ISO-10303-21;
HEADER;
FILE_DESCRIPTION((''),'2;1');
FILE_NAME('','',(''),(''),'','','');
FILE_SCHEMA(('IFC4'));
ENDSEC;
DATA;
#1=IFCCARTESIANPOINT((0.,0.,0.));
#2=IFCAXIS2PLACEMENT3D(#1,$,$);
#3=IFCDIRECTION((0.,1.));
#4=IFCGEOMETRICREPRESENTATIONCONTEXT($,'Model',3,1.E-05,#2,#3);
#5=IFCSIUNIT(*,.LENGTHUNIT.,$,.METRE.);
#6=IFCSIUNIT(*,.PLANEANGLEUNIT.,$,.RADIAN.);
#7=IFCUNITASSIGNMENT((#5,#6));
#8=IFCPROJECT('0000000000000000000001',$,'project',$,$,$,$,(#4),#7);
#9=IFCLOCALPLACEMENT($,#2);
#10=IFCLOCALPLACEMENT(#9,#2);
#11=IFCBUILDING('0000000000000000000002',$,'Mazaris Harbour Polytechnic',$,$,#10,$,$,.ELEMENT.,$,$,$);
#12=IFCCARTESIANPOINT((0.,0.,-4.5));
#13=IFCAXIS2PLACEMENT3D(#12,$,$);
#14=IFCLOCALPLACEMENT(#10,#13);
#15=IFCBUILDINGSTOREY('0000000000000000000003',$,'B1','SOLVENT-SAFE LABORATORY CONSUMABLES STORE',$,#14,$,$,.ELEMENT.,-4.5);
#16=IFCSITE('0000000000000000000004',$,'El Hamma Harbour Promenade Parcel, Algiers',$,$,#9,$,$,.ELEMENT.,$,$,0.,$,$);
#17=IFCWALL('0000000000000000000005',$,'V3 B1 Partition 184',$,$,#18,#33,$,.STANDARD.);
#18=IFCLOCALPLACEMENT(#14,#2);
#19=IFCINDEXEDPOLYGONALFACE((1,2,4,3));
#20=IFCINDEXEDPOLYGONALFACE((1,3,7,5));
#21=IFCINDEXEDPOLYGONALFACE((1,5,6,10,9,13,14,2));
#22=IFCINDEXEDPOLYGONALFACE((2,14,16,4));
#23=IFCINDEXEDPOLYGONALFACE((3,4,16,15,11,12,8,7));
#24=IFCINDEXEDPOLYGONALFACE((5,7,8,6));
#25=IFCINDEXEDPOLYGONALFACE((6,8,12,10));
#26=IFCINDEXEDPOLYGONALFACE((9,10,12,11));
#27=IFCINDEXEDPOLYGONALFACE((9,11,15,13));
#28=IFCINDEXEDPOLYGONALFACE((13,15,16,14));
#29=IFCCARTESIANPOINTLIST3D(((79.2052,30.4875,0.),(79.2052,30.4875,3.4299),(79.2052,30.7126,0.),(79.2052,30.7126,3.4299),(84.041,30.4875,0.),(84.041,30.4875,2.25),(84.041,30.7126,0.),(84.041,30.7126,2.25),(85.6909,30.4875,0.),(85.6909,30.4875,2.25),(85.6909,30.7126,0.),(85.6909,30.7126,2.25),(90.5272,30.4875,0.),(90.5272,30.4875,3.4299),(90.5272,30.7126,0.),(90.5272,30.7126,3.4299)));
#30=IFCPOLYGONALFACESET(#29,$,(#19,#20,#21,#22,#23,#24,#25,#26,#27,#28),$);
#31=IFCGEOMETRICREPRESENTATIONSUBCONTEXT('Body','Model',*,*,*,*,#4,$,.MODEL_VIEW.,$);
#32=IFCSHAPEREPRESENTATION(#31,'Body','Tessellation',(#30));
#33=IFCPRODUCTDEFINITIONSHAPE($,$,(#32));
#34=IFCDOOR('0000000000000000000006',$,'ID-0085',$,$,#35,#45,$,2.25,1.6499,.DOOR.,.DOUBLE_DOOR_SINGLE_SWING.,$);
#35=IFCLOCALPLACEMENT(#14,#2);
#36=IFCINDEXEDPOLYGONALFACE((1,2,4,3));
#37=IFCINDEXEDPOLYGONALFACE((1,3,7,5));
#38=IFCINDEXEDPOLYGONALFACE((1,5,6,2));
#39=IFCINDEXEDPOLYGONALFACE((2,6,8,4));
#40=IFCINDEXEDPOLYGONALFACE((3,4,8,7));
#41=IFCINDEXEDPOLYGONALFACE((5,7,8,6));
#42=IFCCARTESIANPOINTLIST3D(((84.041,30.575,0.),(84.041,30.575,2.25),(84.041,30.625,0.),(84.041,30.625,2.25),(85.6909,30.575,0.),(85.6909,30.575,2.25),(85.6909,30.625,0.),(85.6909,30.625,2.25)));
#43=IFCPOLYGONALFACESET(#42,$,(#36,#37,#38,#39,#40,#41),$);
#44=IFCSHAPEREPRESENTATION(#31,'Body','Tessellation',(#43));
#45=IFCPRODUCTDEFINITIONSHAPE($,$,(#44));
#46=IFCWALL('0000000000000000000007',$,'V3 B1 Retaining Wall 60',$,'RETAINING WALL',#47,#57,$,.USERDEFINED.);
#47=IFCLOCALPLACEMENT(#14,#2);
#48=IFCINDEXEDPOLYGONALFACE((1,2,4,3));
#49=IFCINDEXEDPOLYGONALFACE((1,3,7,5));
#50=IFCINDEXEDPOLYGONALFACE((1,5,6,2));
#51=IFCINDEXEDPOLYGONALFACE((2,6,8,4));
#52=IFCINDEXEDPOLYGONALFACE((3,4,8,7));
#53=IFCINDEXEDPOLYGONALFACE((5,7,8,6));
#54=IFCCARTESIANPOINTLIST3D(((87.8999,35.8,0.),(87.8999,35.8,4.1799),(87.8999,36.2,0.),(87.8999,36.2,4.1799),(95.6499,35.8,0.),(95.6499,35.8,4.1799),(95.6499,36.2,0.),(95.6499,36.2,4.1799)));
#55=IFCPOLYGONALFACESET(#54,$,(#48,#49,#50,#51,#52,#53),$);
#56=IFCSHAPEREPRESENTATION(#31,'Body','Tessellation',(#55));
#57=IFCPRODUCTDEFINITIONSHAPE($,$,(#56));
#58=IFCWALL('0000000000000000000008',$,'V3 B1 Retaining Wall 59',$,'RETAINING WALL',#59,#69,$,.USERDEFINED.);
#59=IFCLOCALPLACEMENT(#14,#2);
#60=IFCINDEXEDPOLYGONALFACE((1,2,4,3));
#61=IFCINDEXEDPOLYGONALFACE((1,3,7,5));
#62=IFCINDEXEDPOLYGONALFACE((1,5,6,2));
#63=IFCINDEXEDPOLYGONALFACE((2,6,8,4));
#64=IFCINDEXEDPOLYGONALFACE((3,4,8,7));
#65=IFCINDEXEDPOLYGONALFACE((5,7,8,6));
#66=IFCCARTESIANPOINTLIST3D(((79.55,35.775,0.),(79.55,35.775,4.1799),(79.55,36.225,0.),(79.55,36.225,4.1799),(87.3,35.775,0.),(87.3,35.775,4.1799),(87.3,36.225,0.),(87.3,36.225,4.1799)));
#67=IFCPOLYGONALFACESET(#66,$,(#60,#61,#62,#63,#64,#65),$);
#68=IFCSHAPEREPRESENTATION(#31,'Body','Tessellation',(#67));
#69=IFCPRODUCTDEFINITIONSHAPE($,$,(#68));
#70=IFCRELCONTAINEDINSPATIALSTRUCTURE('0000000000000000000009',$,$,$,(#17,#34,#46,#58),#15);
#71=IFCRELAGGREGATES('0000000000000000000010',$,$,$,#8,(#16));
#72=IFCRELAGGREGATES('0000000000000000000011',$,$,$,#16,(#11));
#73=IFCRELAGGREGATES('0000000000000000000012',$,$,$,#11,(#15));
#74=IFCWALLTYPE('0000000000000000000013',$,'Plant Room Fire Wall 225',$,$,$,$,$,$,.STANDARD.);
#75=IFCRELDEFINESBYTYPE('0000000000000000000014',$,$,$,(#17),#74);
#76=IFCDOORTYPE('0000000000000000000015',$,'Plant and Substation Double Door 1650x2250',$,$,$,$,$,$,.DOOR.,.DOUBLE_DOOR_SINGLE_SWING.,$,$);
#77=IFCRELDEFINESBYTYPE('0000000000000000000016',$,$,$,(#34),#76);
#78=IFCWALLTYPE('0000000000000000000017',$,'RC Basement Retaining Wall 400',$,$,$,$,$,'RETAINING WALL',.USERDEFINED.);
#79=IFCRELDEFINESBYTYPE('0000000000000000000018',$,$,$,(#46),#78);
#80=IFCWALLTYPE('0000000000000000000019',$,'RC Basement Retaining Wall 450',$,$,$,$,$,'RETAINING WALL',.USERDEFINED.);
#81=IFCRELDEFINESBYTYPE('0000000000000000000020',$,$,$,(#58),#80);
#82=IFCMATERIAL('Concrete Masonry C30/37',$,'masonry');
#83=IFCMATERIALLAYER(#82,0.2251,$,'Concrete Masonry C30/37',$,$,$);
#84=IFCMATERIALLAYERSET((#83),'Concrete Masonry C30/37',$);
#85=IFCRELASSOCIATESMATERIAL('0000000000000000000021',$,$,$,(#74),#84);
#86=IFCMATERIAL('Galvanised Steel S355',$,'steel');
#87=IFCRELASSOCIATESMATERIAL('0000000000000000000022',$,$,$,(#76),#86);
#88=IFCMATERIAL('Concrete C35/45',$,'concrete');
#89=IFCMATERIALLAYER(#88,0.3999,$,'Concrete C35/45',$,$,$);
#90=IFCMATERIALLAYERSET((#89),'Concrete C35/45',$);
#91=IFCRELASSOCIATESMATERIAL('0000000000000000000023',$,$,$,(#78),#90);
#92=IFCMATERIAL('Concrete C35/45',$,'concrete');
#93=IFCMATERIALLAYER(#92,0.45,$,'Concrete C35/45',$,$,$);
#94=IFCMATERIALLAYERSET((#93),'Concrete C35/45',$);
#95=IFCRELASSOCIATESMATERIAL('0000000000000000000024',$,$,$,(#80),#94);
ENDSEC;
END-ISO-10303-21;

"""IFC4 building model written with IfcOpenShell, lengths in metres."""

from ifc_helpers import new_model, si_unit, direction, frame, frame_2d, origin, place, context, subcontext, project, spatial, rectangle, extrude, material, layer, layer_set, type_object, element, fill, save


model = new_model("IFC4")

# Units and contexts
model_context = context("Model", 3, precision=1e-05, world=origin(), true_north=direction((0.0, 1.0)))
body_context = subcontext(model_context, "Body", "Model", "MODEL_VIEW")
ifc_project = project(units=[si_unit("LENGTHUNIT", "METRE"), si_unit("PLANEANGLEUNIT", "RADIAN")], contexts=[model_context])

# Site, building, storey
site_placement = place(None, origin())
site = spatial("IfcSite", under=ifc_project, at=site_placement, Name="El Hamma Harbour Promenade Parcel, Algiers", CompositionType="ELEMENT", RefElevation=0.0)
building_placement = place(site_placement, origin())
building = spatial("IfcBuilding", under=site, at=building_placement, Name="Mazaris Harbour Polytechnic", CompositionType="ELEMENT")
storey_placement = place(building_placement, frame((0.0, 0.0, -4.5)))
storey = spatial("IfcBuildingStorey", under=building, at=storey_placement, Name="B1", Description="SOLVENT-SAFE LABORATORY CONSUMABLES STORE", CompositionType="ELEMENT", Elevation=-4.5)

# Wall, opening, door
ifc_material_1 = material(Name="Concrete Masonry C30/37", Category="masonry")
ifc_layer_1 = layer(ifc_material_1, 0.2251, Name="Concrete Masonry C30/37")
ifc_layer_set_1 = layer_set([ifc_layer_1], Name="Concrete Masonry C30/37")
wall_type_1 = type_object("IfcWallType", Name="Plant Room Fire Wall 225", PredefinedType="STANDARD", material=ifc_layer_set_1)
wall_1_placement = place(storey_placement, frame((79.2051, 30.6001, 0.0), z_axis=(0.0, 0.0, 1.0), x_axis=(1.0, 0.0, 0.0)))
wall_1 = element("IfcWall", 1, at=wall_1_placement, inside=storey, type_object=wall_type_1, Name="V3 B1 Partition 184", PredefinedType="STANDARD", context=body_context, shape_type="SweptSolid", body=[
    extrude(rectangle(XDim=11.322, YDim=0.2251, at=frame_2d((5.6611, 0.0))), origin(), (0.0, 0.0, 1.0), 3.4299),
])
opening_placement = place(wall_1_placement, frame((4.8359, 0.0, 0.0)))
opening = element("IfcOpeningElement", 2, at=opening_placement, cuts=wall_1, PredefinedType="OPENING", context=body_context, shape_type="SweptSolid", body=[
    extrude(rectangle(XDim=1.6499, YDim=2.25, at=frame_2d((0.825, 1.125))), frame((0.0, 0.1226, 0.0), z_axis=(0.0, -1.0, 0.0), x_axis=(1.0, 0.0, 0.0)), (0.0, 0.0, 1.0), 0.2451),
])
ifc_material_2 = material(Name="Galvanised Steel S355", Category="steel")
door_type = type_object("IfcDoorType", Name="Plant and Substation Double Door 1650x2250", OperationType="DOUBLE_DOOR_SINGLE_SWING", PredefinedType="DOOR", material=ifc_material_2)
door_placement = place(opening_placement, origin())
door = element("IfcDoor", 3, at=door_placement, inside=storey, type_object=door_type, Name="ID-0085", OperationType="DOUBLE_DOOR_SINGLE_SWING", OverallHeight=2.25, OverallWidth=1.6499, PredefinedType="DOOR", context=body_context, shape_type="SweptSolid", body=[
    extrude(rectangle(XDim=1.6499, YDim=2.25, at=frame_2d((0.825, 1.125))), frame((0.0, 0.0249, 0.0), z_axis=(0.0, -1.0, 0.0), x_axis=(1.0, 0.0, 0.0)), (0.0, 0.0, 1.0), 0.05),
])
fill(opening, door)

# Walls
ifc_material_3 = material(Name="Concrete C35/45", Category="concrete")
ifc_layer_2 = layer(ifc_material_3, 0.3999, Name="Concrete C35/45")
ifc_layer_set_2 = layer_set([ifc_layer_2], Name="Concrete C35/45")
wall_type_2 = type_object("IfcWallType", Name="RC Basement Retaining Wall 400", ElementType="RETAINING WALL", PredefinedType="USERDEFINED", material=ifc_layer_set_2)
wall_2_placement = place(storey_placement, frame((87.8999, 36.0, 0.0), z_axis=(0.0, 0.0, 1.0), x_axis=(1.0, 0.0, 0.0)))
element("IfcWall", 4, at=wall_2_placement, inside=storey, type_object=wall_type_2, Name="V3 B1 Retaining Wall 60", ObjectType="RETAINING WALL", PredefinedType="USERDEFINED", context=body_context, shape_type="SweptSolid", body=[
    extrude(rectangle(XDim=7.75, YDim=0.3999, at=frame_2d((3.875, 0.0))), origin(), (0.0, 0.0, 1.0), 4.1799),
])
ifc_material_4 = material(Name="Concrete C35/45", Category="concrete")
ifc_layer_3 = layer(ifc_material_4, 0.45, Name="Concrete C35/45")
ifc_layer_set_3 = layer_set([ifc_layer_3], Name="Concrete C35/45")
wall_type_3 = type_object("IfcWallType", Name="RC Basement Retaining Wall 450", ElementType="RETAINING WALL", PredefinedType="USERDEFINED", material=ifc_layer_set_3)
wall_3_placement = place(storey_placement, frame((79.55, 36.0, 0.0), z_axis=(0.0, 0.0, 1.0), x_axis=(1.0, 0.0, 0.0)))
element("IfcWall", 5, at=wall_3_placement, inside=storey, type_object=wall_type_3, Name="V3 B1 Retaining Wall 59", ObjectType="RETAINING WALL", PredefinedType="USERDEFINED", context=body_context, shape_type="SweptSolid", body=[
    extrude(rectangle(XDim=7.75, YDim=0.45, at=frame_2d((3.875, 0.0))), origin(), (0.0, 0.0, 1.0), 4.1799),
])

save(model, "model.ifc")
